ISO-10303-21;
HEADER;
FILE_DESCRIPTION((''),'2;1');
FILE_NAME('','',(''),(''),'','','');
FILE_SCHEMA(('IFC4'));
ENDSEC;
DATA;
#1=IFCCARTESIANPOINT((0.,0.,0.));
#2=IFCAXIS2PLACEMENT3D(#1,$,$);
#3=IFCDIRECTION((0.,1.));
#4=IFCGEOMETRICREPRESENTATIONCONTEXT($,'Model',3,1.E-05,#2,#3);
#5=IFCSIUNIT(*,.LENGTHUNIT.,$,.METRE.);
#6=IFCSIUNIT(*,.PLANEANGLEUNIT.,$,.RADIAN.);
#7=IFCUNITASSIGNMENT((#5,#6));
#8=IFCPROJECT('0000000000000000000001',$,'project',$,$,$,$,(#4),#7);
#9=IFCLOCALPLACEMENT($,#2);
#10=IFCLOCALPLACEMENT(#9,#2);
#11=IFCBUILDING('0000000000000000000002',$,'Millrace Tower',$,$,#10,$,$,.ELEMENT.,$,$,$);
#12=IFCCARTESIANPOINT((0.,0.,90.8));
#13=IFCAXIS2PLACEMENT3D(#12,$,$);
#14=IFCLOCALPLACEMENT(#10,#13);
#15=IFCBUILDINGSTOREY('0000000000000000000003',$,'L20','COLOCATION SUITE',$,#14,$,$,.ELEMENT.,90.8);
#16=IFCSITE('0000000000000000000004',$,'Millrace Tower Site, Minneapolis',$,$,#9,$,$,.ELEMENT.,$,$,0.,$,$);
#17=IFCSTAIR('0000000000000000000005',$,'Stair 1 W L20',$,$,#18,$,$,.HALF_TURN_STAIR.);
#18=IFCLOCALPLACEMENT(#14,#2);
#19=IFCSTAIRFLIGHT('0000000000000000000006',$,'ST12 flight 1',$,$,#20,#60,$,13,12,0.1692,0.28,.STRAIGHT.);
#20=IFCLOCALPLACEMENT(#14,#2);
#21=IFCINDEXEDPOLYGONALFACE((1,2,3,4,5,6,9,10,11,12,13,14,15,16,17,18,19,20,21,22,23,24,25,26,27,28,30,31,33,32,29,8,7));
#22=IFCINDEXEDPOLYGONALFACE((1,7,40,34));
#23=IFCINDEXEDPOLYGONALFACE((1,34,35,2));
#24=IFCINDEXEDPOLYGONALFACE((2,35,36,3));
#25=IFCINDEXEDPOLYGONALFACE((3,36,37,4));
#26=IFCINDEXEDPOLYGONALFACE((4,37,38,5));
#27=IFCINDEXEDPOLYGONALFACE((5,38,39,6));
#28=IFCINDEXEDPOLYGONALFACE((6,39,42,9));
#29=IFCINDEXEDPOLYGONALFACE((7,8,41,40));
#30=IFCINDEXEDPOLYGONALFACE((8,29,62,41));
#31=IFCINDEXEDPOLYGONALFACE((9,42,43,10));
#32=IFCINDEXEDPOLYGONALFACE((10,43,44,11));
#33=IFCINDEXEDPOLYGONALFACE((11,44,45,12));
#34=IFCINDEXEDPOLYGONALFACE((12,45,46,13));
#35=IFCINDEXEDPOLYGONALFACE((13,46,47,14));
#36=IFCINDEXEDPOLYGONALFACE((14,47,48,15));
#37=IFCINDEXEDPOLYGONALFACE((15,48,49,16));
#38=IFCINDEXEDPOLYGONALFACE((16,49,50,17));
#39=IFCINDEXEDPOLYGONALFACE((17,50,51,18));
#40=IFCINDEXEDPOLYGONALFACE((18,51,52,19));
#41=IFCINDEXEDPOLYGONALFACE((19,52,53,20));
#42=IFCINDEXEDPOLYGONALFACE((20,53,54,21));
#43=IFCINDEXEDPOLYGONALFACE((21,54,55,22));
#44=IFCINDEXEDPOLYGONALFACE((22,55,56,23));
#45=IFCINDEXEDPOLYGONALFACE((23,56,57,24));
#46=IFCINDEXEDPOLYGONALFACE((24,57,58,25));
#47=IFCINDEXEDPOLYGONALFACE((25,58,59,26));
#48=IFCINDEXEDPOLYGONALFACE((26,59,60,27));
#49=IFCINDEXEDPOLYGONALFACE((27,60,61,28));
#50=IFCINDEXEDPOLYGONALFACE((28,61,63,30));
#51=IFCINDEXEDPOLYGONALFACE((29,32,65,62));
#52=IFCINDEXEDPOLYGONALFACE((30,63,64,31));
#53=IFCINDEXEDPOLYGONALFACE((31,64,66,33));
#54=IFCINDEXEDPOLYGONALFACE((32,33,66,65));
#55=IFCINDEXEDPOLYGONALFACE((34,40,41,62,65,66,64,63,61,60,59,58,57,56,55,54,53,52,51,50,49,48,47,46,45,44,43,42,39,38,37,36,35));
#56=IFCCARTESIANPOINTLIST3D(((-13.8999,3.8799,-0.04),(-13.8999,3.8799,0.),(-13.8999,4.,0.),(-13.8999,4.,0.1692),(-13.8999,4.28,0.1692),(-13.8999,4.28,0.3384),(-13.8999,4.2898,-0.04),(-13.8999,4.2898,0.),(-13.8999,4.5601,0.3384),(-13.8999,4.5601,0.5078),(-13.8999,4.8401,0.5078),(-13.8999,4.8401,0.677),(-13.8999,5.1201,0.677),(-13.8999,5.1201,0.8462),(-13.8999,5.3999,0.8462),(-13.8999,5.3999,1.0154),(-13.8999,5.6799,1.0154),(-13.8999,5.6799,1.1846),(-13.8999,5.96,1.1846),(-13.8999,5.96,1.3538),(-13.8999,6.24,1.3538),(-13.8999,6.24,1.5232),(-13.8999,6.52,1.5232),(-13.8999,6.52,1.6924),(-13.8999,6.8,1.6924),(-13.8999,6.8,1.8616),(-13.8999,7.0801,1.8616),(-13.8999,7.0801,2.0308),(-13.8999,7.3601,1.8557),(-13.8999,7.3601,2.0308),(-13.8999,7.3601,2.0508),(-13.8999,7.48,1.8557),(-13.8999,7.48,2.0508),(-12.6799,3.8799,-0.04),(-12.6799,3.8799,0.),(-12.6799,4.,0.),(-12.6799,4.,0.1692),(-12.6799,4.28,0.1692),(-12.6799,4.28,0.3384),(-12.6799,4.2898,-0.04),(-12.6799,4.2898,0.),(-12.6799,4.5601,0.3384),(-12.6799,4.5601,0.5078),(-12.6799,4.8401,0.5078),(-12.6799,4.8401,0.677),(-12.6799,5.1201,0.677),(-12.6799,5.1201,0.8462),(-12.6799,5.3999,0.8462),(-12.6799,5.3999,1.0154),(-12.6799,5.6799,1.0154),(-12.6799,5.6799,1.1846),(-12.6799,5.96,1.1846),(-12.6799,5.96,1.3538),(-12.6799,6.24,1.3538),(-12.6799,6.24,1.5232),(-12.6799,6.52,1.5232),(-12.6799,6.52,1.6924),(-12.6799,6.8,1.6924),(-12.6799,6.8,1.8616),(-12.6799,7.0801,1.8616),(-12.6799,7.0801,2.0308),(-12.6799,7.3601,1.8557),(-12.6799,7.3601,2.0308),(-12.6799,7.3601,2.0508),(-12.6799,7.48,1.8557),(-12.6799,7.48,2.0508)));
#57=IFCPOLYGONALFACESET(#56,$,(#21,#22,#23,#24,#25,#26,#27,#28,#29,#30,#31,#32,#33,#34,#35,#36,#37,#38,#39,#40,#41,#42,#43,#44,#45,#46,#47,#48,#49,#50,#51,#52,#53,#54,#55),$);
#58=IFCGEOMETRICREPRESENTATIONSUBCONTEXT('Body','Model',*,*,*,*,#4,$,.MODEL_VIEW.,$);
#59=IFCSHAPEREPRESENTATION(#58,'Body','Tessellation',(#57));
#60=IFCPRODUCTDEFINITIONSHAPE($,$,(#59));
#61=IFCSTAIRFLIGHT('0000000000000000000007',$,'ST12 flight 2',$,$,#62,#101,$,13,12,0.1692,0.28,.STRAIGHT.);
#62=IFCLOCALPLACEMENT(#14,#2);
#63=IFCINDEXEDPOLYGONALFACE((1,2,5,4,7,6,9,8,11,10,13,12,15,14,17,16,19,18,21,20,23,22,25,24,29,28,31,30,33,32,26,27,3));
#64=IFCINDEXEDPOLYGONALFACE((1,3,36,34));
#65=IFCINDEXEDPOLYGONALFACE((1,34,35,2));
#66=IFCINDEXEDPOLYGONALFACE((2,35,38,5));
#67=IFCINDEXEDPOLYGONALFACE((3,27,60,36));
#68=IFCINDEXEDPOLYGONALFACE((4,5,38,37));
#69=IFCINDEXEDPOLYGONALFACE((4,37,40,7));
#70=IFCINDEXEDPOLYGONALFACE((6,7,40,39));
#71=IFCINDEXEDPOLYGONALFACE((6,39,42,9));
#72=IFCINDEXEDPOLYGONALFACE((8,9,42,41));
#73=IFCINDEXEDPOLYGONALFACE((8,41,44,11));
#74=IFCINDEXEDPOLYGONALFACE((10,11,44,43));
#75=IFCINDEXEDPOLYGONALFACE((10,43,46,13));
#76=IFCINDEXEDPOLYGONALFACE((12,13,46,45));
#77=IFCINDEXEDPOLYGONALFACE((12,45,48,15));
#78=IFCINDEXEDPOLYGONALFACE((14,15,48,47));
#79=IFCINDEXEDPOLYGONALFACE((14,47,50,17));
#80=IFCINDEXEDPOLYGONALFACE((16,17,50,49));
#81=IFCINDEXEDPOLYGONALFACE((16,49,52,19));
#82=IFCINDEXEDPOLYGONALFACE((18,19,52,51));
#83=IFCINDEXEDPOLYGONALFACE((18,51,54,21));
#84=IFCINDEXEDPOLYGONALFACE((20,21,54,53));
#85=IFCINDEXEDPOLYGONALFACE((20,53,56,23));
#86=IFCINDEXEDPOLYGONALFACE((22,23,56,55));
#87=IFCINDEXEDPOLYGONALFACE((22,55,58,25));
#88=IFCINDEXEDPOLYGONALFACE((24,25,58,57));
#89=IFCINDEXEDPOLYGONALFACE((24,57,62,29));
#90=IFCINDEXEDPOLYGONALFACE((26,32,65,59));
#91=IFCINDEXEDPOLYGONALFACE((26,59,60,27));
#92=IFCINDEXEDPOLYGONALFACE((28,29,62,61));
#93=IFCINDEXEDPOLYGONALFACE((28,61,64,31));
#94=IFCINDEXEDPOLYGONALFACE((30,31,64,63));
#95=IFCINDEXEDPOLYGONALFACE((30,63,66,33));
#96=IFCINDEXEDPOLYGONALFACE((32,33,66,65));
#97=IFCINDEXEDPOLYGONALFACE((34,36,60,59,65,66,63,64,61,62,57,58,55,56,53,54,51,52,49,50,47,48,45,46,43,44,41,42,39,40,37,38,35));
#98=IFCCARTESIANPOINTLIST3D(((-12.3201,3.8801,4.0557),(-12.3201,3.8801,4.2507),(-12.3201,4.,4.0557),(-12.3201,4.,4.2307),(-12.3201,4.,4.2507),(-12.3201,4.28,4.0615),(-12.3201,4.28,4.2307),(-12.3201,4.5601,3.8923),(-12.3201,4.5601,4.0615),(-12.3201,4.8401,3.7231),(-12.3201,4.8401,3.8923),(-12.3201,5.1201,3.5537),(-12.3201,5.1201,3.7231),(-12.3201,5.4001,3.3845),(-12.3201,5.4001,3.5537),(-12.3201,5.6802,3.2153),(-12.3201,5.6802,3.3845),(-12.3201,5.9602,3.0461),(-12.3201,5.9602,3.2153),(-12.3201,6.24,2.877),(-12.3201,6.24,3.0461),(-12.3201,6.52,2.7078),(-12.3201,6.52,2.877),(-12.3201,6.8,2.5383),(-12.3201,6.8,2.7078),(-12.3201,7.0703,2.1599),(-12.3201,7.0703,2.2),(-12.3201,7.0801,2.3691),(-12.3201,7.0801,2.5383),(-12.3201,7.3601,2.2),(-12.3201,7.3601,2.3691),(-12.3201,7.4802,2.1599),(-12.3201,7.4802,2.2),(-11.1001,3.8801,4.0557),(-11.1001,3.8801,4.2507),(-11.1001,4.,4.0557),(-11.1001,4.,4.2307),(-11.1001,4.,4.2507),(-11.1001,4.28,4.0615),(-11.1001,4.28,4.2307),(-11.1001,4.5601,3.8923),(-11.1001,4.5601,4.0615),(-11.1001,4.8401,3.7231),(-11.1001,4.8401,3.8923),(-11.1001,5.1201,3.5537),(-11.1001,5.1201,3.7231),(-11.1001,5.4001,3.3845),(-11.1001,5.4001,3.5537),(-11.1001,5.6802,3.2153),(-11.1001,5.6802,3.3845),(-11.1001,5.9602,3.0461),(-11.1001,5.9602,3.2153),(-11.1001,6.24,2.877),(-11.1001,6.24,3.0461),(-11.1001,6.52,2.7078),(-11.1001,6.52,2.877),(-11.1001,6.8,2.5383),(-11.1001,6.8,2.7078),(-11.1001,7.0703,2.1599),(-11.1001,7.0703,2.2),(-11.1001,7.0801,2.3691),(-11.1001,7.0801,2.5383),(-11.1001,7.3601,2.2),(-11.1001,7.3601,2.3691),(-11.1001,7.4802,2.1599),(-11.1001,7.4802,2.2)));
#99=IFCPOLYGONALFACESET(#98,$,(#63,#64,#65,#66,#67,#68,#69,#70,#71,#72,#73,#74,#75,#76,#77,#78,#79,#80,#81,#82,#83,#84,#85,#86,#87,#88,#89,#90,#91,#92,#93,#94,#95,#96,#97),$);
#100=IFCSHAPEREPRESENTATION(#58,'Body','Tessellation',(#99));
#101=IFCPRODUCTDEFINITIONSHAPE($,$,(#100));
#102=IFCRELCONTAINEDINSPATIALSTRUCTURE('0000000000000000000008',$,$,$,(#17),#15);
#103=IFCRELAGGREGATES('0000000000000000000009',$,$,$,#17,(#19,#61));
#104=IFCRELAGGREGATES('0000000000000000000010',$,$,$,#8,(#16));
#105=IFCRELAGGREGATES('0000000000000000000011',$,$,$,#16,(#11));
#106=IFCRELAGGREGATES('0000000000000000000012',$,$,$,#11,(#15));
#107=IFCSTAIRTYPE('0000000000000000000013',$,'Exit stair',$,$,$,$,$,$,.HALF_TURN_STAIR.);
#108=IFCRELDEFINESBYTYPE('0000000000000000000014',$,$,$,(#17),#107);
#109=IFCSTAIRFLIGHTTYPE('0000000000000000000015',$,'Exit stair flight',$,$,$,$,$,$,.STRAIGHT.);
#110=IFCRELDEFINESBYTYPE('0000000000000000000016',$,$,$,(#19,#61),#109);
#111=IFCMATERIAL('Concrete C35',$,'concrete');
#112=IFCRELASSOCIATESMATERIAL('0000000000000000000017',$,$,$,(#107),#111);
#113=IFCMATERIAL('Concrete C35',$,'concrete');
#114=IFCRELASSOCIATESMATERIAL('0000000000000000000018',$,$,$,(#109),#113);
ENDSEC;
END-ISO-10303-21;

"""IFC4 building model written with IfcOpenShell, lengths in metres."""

from ifc_helpers import new_model, si_unit, direction, frame, origin, place, context, subcontext, project, spatial, polyline, outline, extrude, material, type_object, element, aggregate, save


model = new_model("IFC4")

# Units and contexts
model_context = context("Model", 3, precision=1e-05, world=origin(), true_north=direction((0.0, 1.0)))
body_context = subcontext(model_context, "Body", "Model", "MODEL_VIEW")
ifc_project = project(units=[si_unit("LENGTHUNIT", "METRE"), si_unit("PLANEANGLEUNIT", "RADIAN")], contexts=[model_context])

# Site, building, storey
site_placement = place(None, origin())
site = spatial("IfcSite", under=ifc_project, at=site_placement, Name="Millrace Tower Site, Minneapolis", CompositionType="ELEMENT", RefElevation=0.0)
building_placement = place(site_placement, origin())
building = spatial("IfcBuilding", under=site, at=building_placement, Name="Millrace Tower", CompositionType="ELEMENT")
storey_placement = place(building_placement, frame((0.0, 0.0, 90.8)))
storey = spatial("IfcBuildingStorey", under=building, at=storey_placement, Name="L20", Description="COLOCATION SUITE", CompositionType="ELEMENT", Elevation=90.8)

# Shared definitions
placement = place(storey_placement, origin())

# Stair, stair flights
ifc_material_1 = material(Name="Concrete C35", Category="concrete")
stair_type = type_object("IfcStairType", Name="Exit stair", PredefinedType="HALF_TURN_STAIR", material=ifc_material_1)
stair = element("IfcStair", 1, at=placement, inside=storey, type_object=stair_type, Name="Stair 1 W L20", PredefinedType="HALF_TURN_STAIR")
ifc_material_2 = material(Name="Concrete C35", Category="concrete")
stair_flight_type = type_object("IfcStairFlightType", Name="Exit stair flight", PredefinedType="STRAIGHT", material=ifc_material_2)
stair_flight_1_placement = place(storey_placement, frame((-13.29, 4.0, 0.0), z_axis=(0.0, 0.0, 1.0), x_axis=(0.0, 1.0, 0.0)))
stair_flight_1 = element("IfcStairFlight", 2, at=stair_flight_1_placement, type_object=stair_flight_type, Name="ST12 flight 1", NumberOfRisers=13, NumberOfTreads=12, PredefinedType="STRAIGHT", RiserHeight=0.1692, TreadLength=0.28, context=body_context, shape_type="SweptSolid", body=[
    extrude(outline(polyline([(-0.1201, -0.04), (-0.1201, 0.0), (0.0, 0.0), (0.0, 0.1692), (0.28, 0.1692), (0.28, 0.3384), (0.5601, 0.3384), (0.5601, 0.5078), (0.8401, 0.5078), (0.8401, 0.677), (1.1201, 0.677), (1.1201, 0.8462), (1.3999, 0.8462), (1.3999, 1.0154), (1.6799, 1.0154), (1.6799, 1.1846), (1.96, 1.1846), (1.96, 1.3538), (2.24, 1.3538), (2.24, 1.5232), (2.52, 1.5232), (2.52, 1.6924), (2.8, 1.6924), (2.8, 1.8616), (3.0801, 1.8616), (3.0801, 2.0308), (3.3601, 2.0308), (3.3601, 2.0508), (3.48, 2.0508), (3.48, 1.8557), (3.3601, 1.8557), (0.2898, 0.0), (0.2898, -0.04), (-0.1201, -0.04)])), frame((0.0, 0.6099, 0.0), z_axis=(0.0, -1.0, 0.0), x_axis=(1.0, 0.0, 0.0)), (0.0, 0.0, 1.0), 1.22),
])
stair_flight_2_placement = place(storey_placement, frame((-11.71, 7.3601, 2.2), z_axis=(0.0, 0.0, 1.0), x_axis=(0.0, -1.0, 0.0)))
stair_flight_2 = element("IfcStairFlight", 3, at=stair_flight_2_placement, type_object=stair_flight_type, Name="ST12 flight 2", NumberOfRisers=13, NumberOfTreads=12, PredefinedType="STRAIGHT", RiserHeight=0.1692, TreadLength=0.28, context=body_context, shape_type="SweptSolid", body=[
    extrude(outline(polyline([(-0.1201, -0.04), (-0.1201, 0.0), (0.0, 0.0), (0.0, 0.1692), (0.28, 0.1692), (0.28, 0.3384), (0.5601, 0.3384), (0.5601, 0.5078), (0.8401, 0.5078), (0.8401, 0.677), (1.1201, 0.677), (1.1201, 0.8462), (1.3999, 0.8462), (1.3999, 1.0154), (1.6799, 1.0154), (1.6799, 1.1846), (1.96, 1.1846), (1.96, 1.3538), (2.24, 1.3538), (2.24, 1.5232), (2.52, 1.5232), (2.52, 1.6924), (2.8, 1.6924), (2.8, 1.8616), (3.0801, 1.8616), (3.0801, 2.0308), (3.3601, 2.0308), (3.3601, 2.0508), (3.48, 2.0508), (3.48, 1.8557), (3.3601, 1.8557), (0.2898, 0.0), (0.2898, -0.04), (-0.1201, -0.04)])), frame((0.0, 0.6099, 0.0), z_axis=(0.0, -1.0, 0.0), x_axis=(1.0, 0.0, 0.0)), (0.0, 0.0, 1.0), 1.22),
])
aggregate(stair, [stair_flight_1, stair_flight_2])

save(model, "model.ifc")
